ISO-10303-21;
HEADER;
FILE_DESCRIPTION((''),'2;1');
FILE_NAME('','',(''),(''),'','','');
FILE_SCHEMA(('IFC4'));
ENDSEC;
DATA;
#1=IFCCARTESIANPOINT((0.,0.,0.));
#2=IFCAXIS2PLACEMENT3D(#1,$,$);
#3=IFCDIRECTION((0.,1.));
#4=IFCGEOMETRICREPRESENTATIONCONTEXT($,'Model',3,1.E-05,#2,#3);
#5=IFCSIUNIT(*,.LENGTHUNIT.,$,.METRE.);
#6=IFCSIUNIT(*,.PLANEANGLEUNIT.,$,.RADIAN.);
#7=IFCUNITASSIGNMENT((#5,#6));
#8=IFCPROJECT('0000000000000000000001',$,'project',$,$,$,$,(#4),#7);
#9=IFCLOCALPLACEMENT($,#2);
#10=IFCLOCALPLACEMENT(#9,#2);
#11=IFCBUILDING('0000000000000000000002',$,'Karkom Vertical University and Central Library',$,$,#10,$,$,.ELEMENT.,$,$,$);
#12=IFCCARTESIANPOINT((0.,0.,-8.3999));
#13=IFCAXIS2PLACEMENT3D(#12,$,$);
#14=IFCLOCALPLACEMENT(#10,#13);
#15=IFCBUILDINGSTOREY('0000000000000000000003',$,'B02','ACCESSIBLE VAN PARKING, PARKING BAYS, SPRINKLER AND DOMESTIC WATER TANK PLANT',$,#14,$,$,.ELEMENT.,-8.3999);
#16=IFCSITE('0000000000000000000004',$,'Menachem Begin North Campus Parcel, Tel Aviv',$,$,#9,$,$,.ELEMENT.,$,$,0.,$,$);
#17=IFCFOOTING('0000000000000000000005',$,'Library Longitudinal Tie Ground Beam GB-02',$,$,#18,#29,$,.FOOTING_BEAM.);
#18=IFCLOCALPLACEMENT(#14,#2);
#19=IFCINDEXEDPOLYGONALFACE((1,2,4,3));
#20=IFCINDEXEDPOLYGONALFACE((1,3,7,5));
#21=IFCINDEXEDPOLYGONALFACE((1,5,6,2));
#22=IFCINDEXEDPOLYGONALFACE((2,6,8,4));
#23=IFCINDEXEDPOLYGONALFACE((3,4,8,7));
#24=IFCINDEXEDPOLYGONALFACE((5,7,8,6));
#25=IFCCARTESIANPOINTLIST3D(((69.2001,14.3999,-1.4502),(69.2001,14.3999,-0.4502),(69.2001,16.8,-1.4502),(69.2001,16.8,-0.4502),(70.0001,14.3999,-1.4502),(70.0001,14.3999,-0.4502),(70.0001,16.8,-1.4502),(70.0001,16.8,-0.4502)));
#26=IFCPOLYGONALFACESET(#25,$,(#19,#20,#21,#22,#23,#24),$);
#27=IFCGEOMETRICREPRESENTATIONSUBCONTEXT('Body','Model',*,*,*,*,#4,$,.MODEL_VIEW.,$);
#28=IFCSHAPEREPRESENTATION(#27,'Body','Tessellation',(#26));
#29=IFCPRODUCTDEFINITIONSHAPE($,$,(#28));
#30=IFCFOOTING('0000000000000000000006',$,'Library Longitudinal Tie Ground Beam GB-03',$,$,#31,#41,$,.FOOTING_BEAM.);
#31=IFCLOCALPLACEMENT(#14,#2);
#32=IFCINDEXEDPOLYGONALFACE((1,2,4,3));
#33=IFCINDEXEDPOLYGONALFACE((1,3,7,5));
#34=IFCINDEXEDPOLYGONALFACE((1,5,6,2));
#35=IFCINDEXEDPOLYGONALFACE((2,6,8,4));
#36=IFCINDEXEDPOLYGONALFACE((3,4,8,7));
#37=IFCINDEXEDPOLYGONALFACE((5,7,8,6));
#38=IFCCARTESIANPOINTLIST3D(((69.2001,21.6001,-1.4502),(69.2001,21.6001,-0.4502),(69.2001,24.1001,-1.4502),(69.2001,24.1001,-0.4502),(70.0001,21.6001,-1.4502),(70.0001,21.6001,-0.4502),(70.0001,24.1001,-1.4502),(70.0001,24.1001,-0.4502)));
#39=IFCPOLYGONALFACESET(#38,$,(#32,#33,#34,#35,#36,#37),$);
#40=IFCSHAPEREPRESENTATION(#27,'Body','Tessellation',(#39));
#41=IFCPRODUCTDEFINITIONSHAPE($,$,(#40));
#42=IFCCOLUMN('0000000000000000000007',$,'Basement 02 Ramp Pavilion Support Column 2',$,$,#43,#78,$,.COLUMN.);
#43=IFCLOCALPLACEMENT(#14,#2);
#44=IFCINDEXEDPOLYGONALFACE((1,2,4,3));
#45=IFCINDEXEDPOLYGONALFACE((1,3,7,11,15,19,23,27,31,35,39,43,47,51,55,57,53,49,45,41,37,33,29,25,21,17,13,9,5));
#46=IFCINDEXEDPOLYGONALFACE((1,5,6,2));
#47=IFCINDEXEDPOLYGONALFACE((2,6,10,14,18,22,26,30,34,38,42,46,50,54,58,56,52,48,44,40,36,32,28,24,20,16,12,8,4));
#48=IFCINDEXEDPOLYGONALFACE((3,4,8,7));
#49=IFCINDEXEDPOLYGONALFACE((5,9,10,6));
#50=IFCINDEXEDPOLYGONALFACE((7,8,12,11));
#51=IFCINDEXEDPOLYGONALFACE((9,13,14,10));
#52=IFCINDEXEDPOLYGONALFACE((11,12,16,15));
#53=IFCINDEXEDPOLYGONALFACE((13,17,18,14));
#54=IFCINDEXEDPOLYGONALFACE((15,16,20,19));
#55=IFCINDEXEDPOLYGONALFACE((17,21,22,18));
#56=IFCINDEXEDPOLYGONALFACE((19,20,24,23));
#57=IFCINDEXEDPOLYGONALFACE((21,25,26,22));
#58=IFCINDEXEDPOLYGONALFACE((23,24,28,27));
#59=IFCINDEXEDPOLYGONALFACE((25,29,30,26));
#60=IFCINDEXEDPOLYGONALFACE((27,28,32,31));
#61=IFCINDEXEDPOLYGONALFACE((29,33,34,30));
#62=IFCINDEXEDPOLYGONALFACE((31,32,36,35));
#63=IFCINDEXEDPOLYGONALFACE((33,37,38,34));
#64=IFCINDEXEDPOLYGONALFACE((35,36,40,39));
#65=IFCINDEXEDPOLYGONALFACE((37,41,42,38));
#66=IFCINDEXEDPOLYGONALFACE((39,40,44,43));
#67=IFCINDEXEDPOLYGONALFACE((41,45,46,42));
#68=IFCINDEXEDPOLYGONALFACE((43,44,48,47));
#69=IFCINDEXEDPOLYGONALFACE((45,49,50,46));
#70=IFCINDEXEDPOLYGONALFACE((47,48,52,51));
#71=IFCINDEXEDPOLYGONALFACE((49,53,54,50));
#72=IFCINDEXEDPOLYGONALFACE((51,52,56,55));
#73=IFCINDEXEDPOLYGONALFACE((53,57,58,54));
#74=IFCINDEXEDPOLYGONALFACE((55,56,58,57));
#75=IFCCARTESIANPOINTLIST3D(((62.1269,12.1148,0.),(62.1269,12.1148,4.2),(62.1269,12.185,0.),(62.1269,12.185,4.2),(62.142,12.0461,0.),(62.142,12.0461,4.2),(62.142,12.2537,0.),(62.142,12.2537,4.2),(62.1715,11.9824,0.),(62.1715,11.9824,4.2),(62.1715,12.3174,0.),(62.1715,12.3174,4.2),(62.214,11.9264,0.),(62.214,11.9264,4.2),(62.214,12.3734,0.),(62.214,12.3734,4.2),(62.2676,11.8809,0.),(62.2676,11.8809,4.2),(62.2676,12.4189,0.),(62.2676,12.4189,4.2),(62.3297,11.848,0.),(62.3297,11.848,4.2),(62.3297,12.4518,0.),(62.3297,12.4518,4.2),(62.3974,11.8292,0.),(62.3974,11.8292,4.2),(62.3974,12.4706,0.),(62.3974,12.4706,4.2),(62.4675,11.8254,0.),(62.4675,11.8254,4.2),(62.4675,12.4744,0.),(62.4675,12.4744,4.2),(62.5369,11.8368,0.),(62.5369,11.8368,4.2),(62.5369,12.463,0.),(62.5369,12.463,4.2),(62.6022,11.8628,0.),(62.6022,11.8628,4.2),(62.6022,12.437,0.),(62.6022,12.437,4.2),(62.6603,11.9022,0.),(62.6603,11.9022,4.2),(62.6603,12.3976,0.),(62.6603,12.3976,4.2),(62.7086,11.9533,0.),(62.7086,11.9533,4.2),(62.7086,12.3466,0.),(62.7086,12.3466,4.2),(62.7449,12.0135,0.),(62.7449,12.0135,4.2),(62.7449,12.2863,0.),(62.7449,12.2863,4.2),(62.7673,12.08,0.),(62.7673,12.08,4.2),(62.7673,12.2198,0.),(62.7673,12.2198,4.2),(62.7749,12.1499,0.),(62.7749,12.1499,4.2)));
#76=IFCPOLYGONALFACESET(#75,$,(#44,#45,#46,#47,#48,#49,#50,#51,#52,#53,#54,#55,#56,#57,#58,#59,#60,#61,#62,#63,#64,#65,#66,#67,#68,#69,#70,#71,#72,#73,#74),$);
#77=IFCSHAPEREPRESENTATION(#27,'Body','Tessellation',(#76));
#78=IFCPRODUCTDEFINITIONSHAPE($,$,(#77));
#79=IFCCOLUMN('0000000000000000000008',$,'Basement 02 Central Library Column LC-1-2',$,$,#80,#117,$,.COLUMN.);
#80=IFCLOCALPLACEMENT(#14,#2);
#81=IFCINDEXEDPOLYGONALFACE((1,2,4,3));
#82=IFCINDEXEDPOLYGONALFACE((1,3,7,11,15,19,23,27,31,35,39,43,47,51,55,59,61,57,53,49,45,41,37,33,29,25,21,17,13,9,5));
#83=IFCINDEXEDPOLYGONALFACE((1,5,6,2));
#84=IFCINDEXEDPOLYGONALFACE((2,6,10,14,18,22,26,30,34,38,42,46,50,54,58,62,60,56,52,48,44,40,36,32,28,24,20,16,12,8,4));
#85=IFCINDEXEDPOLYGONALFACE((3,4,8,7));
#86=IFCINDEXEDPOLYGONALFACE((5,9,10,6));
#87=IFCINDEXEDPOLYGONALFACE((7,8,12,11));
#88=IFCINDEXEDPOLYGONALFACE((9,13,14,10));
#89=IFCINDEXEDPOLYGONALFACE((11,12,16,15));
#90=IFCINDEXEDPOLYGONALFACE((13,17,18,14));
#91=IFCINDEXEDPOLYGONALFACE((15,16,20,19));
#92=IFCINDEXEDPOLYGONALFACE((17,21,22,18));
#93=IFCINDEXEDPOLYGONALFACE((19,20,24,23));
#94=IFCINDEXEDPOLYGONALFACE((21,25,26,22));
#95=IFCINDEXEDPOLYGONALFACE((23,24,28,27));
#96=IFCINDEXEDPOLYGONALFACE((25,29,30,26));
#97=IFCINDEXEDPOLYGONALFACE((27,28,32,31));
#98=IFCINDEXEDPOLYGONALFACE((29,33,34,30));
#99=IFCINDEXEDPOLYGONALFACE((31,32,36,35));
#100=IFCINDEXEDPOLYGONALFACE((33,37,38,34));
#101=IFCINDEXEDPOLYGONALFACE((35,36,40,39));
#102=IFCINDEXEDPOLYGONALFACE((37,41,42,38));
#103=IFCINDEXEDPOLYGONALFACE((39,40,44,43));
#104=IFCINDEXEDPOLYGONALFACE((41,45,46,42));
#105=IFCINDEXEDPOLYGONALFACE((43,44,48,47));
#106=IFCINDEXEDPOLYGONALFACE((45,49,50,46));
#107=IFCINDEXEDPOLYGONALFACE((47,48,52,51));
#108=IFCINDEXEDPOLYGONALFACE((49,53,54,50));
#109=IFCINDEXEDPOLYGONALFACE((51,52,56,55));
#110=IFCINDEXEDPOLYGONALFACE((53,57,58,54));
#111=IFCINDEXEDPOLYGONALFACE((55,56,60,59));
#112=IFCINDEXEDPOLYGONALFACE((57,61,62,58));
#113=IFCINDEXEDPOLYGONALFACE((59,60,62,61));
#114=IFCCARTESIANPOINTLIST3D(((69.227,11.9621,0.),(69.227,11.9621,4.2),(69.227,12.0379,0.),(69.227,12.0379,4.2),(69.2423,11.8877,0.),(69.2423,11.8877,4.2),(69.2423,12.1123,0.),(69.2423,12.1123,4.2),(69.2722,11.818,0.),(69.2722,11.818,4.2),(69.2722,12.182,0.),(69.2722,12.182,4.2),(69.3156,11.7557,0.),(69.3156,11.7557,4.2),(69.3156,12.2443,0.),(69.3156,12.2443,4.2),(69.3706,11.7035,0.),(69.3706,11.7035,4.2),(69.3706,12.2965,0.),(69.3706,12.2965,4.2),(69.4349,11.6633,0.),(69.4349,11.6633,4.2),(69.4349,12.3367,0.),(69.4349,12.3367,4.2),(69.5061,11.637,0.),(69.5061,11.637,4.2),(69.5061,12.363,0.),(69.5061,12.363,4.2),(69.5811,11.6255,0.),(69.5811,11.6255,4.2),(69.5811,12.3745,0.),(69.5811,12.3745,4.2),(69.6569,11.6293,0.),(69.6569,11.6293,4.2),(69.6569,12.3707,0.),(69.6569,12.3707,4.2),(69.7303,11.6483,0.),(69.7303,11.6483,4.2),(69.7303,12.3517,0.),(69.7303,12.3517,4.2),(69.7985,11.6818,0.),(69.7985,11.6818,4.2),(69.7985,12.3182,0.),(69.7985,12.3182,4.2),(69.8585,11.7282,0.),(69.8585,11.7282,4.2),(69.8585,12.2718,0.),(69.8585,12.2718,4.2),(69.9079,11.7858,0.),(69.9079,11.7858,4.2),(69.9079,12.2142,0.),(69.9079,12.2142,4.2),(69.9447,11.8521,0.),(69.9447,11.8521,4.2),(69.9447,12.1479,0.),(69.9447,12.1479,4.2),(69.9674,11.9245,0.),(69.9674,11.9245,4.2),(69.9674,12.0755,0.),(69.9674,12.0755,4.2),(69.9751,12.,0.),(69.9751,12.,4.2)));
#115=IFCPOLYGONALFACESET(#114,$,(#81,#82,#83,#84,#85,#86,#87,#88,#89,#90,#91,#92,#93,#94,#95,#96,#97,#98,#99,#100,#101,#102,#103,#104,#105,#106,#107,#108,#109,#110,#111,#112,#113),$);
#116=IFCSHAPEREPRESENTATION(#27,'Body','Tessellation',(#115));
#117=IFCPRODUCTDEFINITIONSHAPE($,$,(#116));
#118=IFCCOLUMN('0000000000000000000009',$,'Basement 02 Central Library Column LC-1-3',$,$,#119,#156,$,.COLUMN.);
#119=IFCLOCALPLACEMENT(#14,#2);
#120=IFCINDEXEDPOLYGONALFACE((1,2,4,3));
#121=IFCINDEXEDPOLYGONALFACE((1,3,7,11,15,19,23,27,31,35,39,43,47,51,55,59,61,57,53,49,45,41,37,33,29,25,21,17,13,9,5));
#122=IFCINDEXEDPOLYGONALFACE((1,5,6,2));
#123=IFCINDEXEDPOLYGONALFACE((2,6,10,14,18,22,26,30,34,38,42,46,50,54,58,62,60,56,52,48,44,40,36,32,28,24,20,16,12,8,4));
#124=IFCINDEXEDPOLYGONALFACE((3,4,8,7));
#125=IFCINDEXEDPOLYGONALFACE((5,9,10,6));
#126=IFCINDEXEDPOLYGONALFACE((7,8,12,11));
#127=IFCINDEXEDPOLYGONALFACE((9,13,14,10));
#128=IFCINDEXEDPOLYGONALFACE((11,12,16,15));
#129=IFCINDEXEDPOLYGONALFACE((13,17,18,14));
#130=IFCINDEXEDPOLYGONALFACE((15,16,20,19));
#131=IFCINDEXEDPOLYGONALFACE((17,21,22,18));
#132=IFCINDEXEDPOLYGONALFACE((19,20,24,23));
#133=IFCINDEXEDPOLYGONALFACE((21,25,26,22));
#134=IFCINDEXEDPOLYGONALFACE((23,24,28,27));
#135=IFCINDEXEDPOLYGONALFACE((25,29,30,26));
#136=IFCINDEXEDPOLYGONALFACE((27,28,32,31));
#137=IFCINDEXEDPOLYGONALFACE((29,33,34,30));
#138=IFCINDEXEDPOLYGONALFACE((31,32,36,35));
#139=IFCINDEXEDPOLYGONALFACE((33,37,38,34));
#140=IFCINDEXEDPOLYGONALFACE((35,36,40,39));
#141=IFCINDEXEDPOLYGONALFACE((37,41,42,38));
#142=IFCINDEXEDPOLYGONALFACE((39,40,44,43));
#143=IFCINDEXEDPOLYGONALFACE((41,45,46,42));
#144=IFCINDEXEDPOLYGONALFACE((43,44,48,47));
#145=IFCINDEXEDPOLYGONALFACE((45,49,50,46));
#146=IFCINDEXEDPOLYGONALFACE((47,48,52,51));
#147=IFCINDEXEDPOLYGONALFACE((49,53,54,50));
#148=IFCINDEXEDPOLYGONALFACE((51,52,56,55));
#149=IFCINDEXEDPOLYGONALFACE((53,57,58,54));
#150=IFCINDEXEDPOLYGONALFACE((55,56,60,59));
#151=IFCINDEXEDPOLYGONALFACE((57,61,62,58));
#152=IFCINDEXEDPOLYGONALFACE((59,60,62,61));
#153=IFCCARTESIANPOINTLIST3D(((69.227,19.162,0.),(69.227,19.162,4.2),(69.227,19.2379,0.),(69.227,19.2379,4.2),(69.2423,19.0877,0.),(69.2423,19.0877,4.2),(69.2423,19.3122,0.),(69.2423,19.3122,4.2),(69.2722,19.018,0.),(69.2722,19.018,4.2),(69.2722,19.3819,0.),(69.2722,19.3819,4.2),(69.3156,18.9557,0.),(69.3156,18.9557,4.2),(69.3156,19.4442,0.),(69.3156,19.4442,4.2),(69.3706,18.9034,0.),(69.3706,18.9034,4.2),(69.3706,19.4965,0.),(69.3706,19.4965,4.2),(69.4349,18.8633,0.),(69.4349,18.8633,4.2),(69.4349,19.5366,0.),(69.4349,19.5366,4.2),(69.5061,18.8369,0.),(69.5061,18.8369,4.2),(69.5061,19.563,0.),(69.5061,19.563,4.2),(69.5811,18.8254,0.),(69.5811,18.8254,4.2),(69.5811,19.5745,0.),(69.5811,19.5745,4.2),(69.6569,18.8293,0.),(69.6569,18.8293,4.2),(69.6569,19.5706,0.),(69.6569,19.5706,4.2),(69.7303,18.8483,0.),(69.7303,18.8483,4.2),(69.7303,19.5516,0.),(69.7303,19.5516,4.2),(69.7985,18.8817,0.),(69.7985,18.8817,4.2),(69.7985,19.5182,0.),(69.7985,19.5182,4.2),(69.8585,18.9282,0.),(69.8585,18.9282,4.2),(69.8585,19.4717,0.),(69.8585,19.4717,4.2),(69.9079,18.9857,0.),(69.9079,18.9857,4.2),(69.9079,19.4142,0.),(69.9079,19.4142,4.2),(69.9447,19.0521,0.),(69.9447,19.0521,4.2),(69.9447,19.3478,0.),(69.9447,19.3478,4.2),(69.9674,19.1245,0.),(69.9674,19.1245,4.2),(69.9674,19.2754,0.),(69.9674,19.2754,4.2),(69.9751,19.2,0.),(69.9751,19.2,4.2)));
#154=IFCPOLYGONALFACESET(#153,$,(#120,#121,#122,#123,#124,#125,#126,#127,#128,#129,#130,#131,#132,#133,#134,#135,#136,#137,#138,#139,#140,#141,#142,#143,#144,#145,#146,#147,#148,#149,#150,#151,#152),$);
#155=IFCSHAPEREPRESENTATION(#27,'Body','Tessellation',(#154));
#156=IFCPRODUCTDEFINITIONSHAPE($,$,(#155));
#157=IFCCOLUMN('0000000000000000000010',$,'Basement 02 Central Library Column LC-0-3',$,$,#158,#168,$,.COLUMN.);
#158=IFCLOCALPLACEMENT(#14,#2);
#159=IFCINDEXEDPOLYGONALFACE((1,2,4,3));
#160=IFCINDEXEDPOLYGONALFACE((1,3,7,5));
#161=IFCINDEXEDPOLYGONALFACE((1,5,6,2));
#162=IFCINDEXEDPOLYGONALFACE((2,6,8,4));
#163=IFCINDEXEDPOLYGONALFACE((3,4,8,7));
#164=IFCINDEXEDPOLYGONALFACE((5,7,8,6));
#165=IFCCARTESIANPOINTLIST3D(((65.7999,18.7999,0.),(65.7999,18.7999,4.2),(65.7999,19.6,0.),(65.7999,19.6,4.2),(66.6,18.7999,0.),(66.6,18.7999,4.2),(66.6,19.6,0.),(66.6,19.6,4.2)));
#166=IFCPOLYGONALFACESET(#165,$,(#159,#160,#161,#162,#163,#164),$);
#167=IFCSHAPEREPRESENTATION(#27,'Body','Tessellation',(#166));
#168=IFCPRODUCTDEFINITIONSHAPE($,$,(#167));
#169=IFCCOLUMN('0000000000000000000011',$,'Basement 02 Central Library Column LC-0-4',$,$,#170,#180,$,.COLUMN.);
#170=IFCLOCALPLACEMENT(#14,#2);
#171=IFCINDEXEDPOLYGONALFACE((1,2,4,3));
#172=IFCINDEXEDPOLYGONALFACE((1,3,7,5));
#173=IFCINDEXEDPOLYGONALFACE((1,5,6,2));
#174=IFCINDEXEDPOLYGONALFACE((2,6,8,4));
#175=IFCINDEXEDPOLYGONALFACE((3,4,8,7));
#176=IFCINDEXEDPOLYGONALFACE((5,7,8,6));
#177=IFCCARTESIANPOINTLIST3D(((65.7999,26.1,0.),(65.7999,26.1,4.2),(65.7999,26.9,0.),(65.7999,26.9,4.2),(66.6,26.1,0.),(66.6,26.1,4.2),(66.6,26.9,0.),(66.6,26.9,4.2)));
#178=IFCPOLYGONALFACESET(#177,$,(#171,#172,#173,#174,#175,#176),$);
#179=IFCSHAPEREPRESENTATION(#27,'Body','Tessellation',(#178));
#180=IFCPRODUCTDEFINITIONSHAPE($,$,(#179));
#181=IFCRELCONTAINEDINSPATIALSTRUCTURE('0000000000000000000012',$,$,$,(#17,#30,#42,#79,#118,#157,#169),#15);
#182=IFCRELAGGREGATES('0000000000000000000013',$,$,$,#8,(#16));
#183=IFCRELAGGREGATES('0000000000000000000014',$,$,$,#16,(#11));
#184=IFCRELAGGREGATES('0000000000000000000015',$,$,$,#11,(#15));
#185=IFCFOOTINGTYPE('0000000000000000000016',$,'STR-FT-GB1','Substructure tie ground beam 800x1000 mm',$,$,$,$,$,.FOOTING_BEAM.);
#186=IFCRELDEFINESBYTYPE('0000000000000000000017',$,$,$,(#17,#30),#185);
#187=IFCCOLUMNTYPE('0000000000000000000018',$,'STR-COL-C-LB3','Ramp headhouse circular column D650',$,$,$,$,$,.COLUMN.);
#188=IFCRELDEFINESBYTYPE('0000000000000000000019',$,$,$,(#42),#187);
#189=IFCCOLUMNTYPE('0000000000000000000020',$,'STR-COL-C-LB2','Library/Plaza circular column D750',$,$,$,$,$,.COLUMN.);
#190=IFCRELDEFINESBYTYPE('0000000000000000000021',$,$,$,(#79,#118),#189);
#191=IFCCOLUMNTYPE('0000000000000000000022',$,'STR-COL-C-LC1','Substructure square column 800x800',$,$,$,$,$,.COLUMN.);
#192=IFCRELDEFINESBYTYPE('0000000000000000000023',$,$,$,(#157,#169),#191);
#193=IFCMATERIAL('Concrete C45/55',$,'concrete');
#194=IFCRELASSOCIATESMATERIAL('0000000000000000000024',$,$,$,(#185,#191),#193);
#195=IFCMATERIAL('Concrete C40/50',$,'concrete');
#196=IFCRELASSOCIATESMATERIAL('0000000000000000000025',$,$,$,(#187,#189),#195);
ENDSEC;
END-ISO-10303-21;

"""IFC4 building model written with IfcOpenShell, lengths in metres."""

from ifc_helpers import new_model, si_unit, direction, frame, origin, origin_with_axes, origin_2d, place, context, subcontext, project, spatial, rectangle, circle, extrude, source, transform, mapped, material, material_profile, profile_set, type_object, element, save


model = new_model("IFC4")

# Units and contexts
model_context = context("Model", 3, precision=1e-05, world=origin(), true_north=direction((0.0, 1.0)))
body_context = subcontext(model_context, "Body", "Model", "MODEL_VIEW")
ifc_project = project(units=[si_unit("LENGTHUNIT", "METRE"), si_unit("PLANEANGLEUNIT", "RADIAN")], contexts=[model_context])

# Site, building, storey
site_placement = place(None, origin())
site = spatial("IfcSite", under=ifc_project, at=site_placement, Name="Menachem Begin North Campus Parcel, Tel Aviv", CompositionType="ELEMENT", RefElevation=0.0)
building_placement = place(site_placement, origin())
building = spatial("IfcBuilding", under=site, at=building_placement, Name="Karkom Vertical University and Central Library", CompositionType="ELEMENT")
storey_placement = place(building_placement, frame((0.0, 0.0, -8.3999)))
storey = spatial("IfcBuildingStorey", under=building, at=storey_placement, Name="B02", Description="ACCESSIBLE VAN PARKING, PARKING BAYS, SPRINKLER AND DOMESTIC WATER TANK PLANT", CompositionType="ELEMENT", Elevation=-8.3999)

# Shared definitions
ifc_material_1 = material(Name="Concrete C40/50", Category="concrete")

# Footings
ifc_material_2 = material(Name="Concrete C45/55", Category="concrete")
ifc_material_profile_1 = material_profile(ifc_material_2, rectangle(XDim=0.8, YDim=1.0, at=origin_2d()), Name="GB-800x1000")
ifc_profile_set_1 = profile_set([ifc_material_profile_1], Name="Concrete C45/55")
footing_type = type_object("IfcFootingType", Name="STR-FT-GB1", Description="Substructure tie ground beam 800x1000 mm", PredefinedType="FOOTING_BEAM", material=ifc_profile_set_1)
shared_shape_1 = source(origin_with_axes(), body_context, "Body", "SweptSolid", [
    extrude(rectangle(XDim=0.8, YDim=1.0, at=origin_2d()), origin(), (0.0, 0.0, 1.0), 2.4001),
])
footing_1_placement = place(storey_placement, frame((69.6001, 14.3999, -0.9502), z_axis=(0.0, 1.0, 0.0), x_axis=(-1.0, 0.0, 0.0)))
element("IfcFooting", 1, at=footing_1_placement, inside=storey, type_object=footing_type, Name="Library Longitudinal Tie Ground Beam GB-02", PredefinedType="FOOTING_BEAM", context=body_context, shape_type="MappedRepresentation", body=[
    mapped(shared_shape_1, transform((0.0, 0.0, 0.0), scale=1.0)),
])
shared_shape_2 = source(origin_with_axes(), body_context, "Body", "SweptSolid", [
    extrude(rectangle(XDim=0.8, YDim=1.0, at=origin_2d()), origin(), (0.0, 0.0, 1.0), 2.5),
])
footing_2_placement = place(storey_placement, frame((69.6001, 21.6001, -0.9502), z_axis=(0.0, 1.0, 0.0), x_axis=(-1.0, 0.0, 0.0)))
element("IfcFooting", 2, at=footing_2_placement, inside=storey, type_object=footing_type, Name="Library Longitudinal Tie Ground Beam GB-03", PredefinedType="FOOTING_BEAM", context=body_context, shape_type="MappedRepresentation", body=[
    mapped(shared_shape_2, transform((0.0, 0.0, 0.0), scale=1.0)),
])

# Columns
ifc_material_profile_2 = material_profile(ifc_material_1, circle(Radius=0.325, at=origin_2d()), Name="RC-D650")
ifc_profile_set_2 = profile_set([ifc_material_profile_2], Name="Concrete C40/50")
column_type_1 = type_object("IfcColumnType", Name="STR-COL-C-LB3", Description="Ramp headhouse circular column D650", PredefinedType="COLUMN", material=ifc_profile_set_2)
shared_shape_3 = source(origin_with_axes(), body_context, "Body", "SweptSolid", [
    extrude(circle(Radius=0.325, at=origin_2d()), origin(), (0.0, 0.0, 1.0), 4.2),
])
column_1_placement = place(storey_placement, frame((62.45, 12.1499, 0.0), z_axis=(0.0, 0.0, 1.0), x_axis=(1.0, 0.0, 0.0)))
element("IfcColumn", 3, at=column_1_placement, inside=storey, type_object=column_type_1, Name="Basement 02 Ramp Pavilion Support Column 2", PredefinedType="COLUMN", context=body_context, shape_type="MappedRepresentation", body=[
    mapped(shared_shape_3, transform((0.0, 0.0, 0.0), scale=1.0)),
])
ifc_material_profile_3 = material_profile(ifc_material_1, circle(Radius=0.375, at=origin_2d()), Name="RC-D750")
ifc_profile_set_3 = profile_set([ifc_material_profile_3], Name="Concrete C40/50")
column_type_2 = type_object("IfcColumnType", Name="STR-COL-C-LB2", Description="Library/Plaza circular column D750", PredefinedType="COLUMN", material=ifc_profile_set_3)
shared_shape_4 = source(origin_with_axes(), body_context, "Body", "SweptSolid", [
    extrude(circle(Radius=0.375, at=origin_2d()), origin(), (0.0, 0.0, 1.0), 4.2),
])
for number, where, z_axis, x_axis, name in (
    (4, (69.6001, 12.0, 0.0), (0.0, 0.0, 1.0), (1.0, 0.0, 0.0), "Basement 02 Central Library Column LC-1-2"),
    (5, (69.6001, 19.2, 0.0), (0.0, 0.0, 1.0), (1.0, 0.0, 0.0), "Basement 02 Central Library Column LC-1-3"),
):
    element("IfcColumn", number, at=place(storey_placement, frame(where, z_axis=z_axis, x_axis=x_axis)), inside=storey, type_object=column_type_2, Name=name, PredefinedType="COLUMN", context=body_context, shape_type="MappedRepresentation", body=[
        mapped(shared_shape_4, transform((0.0, 0.0, 0.0), scale=1.0)),
    ])
ifc_material_profile_4 = material_profile(ifc_material_2, rectangle(XDim=0.8, YDim=0.8, at=origin_2d()), Name="RC-800x800")
ifc_profile_set_4 = profile_set([ifc_material_profile_4], Name="Concrete C45/55")
column_type_3 = type_object("IfcColumnType", Name="STR-COL-C-LC1", Description="Substructure square column 800x800", PredefinedType="COLUMN", material=ifc_profile_set_4)
shared_shape_5 = source(origin_with_axes(), body_context, "Body", "SweptSolid", [
    extrude(rectangle(XDim=0.8, YDim=0.8, at=origin_2d()), origin(), (0.0, 0.0, 1.0), 4.2),
])
for number, where, z_axis, x_axis, name in (
    (6, (66.2, 19.2, 0.0), (0.0, 0.0, 1.0), (1.0, 0.0, 0.0), "Basement 02 Central Library Column LC-0-3"),
    (7, (66.2, 26.5, 0.0), (0.0, 0.0, 1.0), (1.0, 0.0, 0.0), "Basement 02 Central Library Column LC-0-4"),
):
    element("IfcColumn", number, at=place(storey_placement, frame(where, z_axis=z_axis, x_axis=x_axis)), inside=storey, type_object=column_type_3, Name=name, PredefinedType="COLUMN", context=body_context, shape_type="MappedRepresentation", body=[
        mapped(shared_shape_5, transform((0.0, 0.0, 0.0), scale=1.0)),
    ])

save(model, "model.ifc")
